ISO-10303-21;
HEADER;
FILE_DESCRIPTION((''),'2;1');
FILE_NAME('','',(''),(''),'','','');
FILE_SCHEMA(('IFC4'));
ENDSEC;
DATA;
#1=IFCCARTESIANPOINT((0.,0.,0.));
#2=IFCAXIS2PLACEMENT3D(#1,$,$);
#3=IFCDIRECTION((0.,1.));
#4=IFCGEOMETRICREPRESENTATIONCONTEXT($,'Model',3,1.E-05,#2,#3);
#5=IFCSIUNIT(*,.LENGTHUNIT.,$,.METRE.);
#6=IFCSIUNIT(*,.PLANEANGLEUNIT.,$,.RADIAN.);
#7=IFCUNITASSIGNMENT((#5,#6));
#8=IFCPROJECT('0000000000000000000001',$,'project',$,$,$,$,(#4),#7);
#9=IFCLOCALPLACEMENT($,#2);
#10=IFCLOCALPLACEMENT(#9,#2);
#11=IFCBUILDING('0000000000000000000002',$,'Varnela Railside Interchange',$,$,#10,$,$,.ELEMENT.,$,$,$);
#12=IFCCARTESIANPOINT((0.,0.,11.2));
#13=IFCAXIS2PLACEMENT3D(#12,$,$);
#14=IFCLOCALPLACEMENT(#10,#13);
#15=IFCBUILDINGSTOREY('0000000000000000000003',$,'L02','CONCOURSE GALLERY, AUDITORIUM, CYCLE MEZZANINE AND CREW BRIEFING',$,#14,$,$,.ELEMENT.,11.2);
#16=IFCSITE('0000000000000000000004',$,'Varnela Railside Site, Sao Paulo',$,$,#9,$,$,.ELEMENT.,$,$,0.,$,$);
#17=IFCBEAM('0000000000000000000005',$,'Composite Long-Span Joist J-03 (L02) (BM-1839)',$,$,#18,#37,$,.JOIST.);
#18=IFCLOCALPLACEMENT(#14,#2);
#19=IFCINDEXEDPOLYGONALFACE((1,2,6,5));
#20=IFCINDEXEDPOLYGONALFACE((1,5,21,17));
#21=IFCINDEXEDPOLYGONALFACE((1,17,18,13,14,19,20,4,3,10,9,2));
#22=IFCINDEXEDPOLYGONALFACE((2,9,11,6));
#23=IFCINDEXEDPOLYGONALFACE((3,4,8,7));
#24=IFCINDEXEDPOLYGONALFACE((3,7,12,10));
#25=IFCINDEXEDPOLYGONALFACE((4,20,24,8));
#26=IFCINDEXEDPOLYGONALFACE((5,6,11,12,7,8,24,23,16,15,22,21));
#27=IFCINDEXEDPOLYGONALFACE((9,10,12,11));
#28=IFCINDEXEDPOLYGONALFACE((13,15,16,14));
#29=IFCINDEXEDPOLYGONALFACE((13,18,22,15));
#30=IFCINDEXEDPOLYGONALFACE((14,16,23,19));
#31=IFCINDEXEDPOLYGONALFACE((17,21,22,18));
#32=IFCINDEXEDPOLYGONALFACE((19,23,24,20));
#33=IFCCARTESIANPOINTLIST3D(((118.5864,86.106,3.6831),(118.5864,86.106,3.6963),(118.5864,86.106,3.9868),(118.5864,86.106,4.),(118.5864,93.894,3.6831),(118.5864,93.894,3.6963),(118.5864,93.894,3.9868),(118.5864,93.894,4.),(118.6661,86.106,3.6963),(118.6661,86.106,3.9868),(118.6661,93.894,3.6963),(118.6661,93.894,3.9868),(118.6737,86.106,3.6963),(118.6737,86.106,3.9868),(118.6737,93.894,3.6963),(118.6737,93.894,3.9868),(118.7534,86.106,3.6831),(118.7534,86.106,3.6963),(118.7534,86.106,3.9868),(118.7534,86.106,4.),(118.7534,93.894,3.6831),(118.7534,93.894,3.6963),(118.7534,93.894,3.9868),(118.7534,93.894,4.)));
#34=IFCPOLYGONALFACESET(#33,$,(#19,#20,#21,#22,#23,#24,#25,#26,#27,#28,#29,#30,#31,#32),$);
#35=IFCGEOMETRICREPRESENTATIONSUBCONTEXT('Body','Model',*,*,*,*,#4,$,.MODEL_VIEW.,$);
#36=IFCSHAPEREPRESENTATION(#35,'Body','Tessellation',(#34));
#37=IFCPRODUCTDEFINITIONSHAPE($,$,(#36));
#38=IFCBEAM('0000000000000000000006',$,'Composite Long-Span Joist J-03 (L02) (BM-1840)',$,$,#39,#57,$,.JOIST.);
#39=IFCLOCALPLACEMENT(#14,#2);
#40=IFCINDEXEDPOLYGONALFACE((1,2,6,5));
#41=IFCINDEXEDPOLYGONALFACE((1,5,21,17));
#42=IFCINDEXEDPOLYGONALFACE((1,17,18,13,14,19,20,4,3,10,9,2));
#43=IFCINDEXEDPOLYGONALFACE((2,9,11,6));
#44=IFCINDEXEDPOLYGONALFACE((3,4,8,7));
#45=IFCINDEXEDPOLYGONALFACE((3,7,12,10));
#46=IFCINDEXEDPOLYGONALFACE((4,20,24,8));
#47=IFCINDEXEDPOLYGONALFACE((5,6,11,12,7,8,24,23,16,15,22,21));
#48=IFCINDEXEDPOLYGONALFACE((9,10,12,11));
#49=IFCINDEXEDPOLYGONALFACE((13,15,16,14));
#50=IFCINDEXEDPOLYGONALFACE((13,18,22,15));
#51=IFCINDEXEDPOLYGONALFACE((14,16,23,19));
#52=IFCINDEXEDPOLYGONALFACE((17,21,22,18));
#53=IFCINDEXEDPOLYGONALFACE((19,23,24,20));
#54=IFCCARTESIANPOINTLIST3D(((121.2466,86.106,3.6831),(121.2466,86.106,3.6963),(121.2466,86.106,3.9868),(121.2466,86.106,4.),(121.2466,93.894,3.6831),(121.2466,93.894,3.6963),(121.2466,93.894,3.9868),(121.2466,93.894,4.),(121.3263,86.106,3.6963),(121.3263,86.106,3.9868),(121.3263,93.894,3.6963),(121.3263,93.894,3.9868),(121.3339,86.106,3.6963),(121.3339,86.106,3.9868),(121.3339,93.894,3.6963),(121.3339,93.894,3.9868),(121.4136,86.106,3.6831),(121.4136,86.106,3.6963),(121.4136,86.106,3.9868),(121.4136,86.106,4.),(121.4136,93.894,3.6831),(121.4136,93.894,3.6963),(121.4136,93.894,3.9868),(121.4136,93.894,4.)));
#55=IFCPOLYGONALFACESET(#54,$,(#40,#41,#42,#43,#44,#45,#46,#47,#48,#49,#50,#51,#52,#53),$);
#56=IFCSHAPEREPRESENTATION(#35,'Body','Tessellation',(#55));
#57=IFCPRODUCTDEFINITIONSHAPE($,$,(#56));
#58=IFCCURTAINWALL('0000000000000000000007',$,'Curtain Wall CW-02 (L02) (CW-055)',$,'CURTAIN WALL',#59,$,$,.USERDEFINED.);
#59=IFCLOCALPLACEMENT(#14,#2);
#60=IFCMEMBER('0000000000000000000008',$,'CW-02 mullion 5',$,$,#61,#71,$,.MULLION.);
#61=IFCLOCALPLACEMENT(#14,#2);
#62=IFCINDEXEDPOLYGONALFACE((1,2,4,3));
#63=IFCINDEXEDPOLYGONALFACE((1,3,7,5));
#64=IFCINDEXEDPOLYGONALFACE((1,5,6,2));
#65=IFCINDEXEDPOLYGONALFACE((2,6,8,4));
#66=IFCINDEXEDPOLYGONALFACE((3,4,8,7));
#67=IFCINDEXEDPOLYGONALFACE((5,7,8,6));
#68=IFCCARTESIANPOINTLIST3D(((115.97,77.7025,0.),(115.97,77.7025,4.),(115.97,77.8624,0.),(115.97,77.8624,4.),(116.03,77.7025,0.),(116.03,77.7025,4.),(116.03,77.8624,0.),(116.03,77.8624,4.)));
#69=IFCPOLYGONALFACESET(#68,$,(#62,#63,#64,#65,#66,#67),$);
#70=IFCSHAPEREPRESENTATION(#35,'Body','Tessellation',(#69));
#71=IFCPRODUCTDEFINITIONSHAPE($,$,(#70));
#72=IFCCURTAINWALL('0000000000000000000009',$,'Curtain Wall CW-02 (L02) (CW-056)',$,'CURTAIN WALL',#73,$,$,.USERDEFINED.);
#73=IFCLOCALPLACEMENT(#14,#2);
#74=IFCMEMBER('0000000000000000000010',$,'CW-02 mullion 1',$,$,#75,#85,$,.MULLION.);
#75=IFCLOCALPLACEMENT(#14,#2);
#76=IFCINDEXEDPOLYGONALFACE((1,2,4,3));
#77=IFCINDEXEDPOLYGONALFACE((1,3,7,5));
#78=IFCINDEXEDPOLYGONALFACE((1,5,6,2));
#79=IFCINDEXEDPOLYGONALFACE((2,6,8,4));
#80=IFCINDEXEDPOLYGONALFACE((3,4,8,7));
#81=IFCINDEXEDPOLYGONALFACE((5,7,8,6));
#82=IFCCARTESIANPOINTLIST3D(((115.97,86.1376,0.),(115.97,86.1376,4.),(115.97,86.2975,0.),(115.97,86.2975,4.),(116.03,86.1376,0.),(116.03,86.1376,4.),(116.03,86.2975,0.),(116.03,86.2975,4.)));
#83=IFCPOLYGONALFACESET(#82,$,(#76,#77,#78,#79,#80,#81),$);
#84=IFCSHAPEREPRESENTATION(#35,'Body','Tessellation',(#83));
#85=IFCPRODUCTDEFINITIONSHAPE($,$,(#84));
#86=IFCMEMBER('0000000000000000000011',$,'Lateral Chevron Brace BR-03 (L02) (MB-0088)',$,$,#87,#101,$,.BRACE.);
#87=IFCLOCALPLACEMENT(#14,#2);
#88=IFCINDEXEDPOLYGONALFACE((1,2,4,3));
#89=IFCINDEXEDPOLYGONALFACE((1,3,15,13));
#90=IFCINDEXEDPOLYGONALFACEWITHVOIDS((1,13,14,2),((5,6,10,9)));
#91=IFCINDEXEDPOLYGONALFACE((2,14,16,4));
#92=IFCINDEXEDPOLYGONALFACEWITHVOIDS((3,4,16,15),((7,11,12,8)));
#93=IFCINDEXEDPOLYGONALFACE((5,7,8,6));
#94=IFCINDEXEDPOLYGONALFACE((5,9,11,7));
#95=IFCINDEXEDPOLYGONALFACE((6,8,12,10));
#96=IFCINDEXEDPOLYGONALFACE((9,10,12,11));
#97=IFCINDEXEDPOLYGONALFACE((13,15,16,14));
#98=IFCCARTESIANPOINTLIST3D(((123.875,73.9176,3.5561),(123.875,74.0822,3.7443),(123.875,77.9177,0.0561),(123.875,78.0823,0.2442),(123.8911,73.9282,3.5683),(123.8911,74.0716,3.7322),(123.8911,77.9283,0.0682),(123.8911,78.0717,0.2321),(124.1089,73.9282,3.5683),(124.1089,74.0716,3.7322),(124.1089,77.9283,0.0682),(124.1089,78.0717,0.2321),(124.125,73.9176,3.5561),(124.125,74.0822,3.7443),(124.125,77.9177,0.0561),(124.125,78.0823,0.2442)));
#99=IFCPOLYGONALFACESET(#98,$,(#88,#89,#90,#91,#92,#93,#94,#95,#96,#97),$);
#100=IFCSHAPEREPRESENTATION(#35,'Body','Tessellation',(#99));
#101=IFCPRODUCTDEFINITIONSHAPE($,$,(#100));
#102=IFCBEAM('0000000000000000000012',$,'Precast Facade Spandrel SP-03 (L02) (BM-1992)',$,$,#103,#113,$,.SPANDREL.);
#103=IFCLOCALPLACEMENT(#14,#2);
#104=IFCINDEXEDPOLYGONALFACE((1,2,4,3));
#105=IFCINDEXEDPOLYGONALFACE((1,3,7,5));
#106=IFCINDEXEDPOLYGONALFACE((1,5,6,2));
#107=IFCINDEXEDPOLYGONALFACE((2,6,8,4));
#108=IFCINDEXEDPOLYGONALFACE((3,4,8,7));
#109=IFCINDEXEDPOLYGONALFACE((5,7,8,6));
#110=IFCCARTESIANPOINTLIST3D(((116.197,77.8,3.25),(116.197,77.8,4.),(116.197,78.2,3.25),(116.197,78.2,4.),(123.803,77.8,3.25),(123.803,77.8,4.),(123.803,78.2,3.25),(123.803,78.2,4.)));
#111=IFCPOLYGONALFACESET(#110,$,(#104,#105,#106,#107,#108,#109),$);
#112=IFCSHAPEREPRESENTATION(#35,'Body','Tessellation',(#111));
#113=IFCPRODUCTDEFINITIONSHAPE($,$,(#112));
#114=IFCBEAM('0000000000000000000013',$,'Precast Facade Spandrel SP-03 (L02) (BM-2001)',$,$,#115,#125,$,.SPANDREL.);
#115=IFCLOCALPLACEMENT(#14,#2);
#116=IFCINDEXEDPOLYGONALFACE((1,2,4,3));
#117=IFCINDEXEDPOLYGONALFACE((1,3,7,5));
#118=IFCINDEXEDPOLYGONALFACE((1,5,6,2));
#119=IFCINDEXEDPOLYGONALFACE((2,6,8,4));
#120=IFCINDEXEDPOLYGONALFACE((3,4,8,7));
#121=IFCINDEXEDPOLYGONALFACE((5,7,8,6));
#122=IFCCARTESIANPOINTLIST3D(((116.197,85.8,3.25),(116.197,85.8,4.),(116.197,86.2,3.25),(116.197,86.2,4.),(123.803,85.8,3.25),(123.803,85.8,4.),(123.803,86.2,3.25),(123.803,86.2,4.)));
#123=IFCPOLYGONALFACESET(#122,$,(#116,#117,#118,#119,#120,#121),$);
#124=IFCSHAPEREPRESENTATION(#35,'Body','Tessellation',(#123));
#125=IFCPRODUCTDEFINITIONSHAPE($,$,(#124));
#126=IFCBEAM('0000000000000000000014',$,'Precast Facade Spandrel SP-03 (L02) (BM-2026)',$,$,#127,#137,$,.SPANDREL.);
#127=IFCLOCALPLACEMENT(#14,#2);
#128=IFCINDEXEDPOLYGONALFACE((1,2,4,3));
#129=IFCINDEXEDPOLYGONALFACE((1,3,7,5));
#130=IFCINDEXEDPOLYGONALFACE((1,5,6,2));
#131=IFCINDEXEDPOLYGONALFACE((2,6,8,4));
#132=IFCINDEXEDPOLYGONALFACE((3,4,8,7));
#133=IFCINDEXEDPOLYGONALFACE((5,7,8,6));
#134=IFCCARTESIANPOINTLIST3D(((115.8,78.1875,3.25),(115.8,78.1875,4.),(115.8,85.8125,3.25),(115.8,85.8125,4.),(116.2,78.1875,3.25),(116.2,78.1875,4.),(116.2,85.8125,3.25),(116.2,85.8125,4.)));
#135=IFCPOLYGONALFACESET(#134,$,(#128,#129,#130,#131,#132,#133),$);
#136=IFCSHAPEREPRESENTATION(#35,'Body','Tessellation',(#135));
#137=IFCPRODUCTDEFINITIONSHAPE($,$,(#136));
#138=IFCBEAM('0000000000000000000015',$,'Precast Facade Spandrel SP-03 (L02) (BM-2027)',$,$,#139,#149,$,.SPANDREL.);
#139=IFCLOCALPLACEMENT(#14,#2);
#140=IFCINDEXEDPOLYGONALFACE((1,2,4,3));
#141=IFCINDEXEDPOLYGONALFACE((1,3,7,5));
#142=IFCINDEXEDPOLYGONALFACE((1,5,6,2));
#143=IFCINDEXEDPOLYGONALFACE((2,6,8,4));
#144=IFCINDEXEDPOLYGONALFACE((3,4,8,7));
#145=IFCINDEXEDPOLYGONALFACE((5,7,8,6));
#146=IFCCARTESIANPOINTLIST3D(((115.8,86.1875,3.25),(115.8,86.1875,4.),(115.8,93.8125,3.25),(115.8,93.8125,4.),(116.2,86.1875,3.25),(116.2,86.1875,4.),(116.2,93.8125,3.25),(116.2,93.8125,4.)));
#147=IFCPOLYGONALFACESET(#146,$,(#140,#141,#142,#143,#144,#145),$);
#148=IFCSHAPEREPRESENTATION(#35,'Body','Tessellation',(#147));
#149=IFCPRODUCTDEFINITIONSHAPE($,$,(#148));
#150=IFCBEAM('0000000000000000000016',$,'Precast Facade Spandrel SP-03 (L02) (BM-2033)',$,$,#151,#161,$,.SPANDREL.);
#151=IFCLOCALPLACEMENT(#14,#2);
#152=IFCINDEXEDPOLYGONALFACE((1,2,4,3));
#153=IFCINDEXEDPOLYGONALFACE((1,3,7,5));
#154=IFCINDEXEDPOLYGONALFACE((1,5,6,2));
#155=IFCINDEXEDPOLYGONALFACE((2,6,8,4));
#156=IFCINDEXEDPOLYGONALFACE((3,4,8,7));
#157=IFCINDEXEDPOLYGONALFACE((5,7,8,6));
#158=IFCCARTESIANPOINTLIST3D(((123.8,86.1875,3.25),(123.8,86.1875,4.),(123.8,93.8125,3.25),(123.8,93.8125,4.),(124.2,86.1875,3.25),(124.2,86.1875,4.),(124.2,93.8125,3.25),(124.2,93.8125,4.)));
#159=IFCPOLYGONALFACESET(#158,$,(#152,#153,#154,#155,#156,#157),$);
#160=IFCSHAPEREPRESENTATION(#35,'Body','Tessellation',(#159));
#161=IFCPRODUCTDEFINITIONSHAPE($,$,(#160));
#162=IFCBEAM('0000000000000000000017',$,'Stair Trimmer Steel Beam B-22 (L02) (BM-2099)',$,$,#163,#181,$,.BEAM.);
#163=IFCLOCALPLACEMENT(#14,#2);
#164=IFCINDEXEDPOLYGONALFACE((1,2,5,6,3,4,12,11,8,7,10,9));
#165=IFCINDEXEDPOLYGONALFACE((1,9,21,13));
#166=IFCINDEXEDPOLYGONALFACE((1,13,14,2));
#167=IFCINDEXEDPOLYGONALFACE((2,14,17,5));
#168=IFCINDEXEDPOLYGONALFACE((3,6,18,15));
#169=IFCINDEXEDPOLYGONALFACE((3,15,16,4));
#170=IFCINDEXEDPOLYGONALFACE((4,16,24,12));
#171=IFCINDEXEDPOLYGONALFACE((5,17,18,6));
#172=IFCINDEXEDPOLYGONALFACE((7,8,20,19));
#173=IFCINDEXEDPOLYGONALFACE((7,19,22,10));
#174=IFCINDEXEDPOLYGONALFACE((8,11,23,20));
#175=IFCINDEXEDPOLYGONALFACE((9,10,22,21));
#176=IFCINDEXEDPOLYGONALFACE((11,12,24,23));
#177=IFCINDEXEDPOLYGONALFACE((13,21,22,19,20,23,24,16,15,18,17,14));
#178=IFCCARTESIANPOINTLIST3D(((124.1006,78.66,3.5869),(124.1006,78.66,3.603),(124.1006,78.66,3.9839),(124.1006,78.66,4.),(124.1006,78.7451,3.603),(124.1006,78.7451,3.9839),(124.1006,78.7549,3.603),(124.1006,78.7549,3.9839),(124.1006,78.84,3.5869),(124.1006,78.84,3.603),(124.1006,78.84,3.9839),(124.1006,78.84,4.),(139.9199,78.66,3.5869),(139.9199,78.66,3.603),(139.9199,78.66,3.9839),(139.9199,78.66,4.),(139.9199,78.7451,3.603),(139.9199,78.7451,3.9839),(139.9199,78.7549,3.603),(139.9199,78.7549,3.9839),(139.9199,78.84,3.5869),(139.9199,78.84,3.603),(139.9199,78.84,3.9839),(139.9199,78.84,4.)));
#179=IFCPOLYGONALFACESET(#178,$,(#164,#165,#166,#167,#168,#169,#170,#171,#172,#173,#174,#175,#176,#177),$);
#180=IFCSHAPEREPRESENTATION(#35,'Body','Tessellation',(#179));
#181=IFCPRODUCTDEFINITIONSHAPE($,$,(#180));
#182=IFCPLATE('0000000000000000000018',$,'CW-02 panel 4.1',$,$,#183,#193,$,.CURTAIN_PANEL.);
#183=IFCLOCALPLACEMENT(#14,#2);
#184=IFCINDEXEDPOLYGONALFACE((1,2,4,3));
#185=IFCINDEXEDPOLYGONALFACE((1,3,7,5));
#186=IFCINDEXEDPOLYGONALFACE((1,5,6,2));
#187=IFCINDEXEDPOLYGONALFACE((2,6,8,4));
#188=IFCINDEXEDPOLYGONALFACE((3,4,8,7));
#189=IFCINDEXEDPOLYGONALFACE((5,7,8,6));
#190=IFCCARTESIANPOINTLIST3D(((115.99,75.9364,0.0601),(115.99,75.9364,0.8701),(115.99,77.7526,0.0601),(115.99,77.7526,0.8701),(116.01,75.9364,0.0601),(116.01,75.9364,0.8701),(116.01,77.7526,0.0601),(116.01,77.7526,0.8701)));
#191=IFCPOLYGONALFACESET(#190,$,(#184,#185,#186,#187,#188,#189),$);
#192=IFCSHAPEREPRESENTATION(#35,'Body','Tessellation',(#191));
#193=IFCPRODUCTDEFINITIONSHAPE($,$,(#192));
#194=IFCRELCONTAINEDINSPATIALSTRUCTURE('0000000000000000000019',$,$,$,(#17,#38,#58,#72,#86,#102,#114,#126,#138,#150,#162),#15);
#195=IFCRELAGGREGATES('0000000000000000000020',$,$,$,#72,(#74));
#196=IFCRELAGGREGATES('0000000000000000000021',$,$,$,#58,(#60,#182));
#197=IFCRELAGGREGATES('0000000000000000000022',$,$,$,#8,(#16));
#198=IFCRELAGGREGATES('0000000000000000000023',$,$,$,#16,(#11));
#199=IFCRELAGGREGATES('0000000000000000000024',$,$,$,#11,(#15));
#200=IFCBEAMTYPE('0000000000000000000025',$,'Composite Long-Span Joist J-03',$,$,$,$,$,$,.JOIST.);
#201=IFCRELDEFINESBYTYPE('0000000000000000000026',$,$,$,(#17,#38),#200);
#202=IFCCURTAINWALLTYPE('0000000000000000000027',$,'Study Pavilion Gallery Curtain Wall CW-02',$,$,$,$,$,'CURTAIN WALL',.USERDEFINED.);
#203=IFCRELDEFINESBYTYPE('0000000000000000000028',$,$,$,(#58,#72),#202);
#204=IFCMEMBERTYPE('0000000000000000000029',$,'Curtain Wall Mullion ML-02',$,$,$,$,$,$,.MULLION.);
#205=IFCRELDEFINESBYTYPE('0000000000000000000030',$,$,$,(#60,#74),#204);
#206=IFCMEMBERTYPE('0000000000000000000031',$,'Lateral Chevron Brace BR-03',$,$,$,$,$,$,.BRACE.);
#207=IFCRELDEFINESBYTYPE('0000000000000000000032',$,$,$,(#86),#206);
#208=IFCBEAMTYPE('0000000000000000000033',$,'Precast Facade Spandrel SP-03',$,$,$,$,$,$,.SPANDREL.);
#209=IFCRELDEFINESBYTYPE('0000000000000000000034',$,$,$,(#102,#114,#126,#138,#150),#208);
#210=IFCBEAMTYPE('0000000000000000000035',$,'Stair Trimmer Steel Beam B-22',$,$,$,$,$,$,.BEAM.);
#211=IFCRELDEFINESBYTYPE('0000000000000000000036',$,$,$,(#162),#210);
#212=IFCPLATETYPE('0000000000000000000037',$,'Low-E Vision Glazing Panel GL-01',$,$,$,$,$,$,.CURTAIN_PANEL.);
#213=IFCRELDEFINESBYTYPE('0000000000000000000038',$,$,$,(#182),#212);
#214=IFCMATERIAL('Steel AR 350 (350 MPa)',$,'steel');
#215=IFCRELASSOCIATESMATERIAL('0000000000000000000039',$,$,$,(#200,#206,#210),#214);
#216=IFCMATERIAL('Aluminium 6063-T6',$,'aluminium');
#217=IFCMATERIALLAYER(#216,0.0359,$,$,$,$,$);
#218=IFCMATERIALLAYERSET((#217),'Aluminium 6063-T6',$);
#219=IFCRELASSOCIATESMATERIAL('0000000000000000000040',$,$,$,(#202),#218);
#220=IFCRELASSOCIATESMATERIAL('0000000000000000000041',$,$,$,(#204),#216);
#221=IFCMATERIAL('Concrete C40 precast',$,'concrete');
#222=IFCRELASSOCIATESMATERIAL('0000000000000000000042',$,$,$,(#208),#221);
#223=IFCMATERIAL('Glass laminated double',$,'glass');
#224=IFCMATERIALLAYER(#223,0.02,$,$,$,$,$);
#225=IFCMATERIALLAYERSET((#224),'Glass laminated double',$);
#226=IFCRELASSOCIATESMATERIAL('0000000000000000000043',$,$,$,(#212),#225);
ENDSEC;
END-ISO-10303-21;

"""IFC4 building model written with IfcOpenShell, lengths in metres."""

from ifc_helpers import new_model, si_unit, direction, frame, origin, origin_2d, place, context, subcontext, project, spatial, rectangle, hollow_rectangle, i_section, extrude, material, layer, layer_set, material_profile, profile_set, type_object, element, aggregate, save


model = new_model("IFC4")

# Units and contexts
model_context = context("Model", 3, precision=1e-05, world=origin(), true_north=direction((0.0, 1.0)))
body_context = subcontext(model_context, "Body", "Model", "MODEL_VIEW")
ifc_project = project(units=[si_unit("LENGTHUNIT", "METRE"), si_unit("PLANEANGLEUNIT", "RADIAN")], contexts=[model_context])

# Site, building, storey
site_placement = place(None, origin())
site = spatial("IfcSite", under=ifc_project, at=site_placement, Name="Varnela Railside Site, Sao Paulo", CompositionType="ELEMENT", RefElevation=0.0)
building_placement = place(site_placement, origin())
building = spatial("IfcBuilding", under=site, at=building_placement, Name="Varnela Railside Interchange", CompositionType="ELEMENT")
storey_placement = place(building_placement, frame((0.0, 0.0, 11.2)))
storey = spatial("IfcBuildingStorey", under=building, at=storey_placement, Name="L02", Description="CONCOURSE GALLERY, AUDITORIUM, CYCLE MEZZANINE AND CREW BRIEFING", CompositionType="ELEMENT", Elevation=11.2)

# Shared definitions
ifc_material_1 = material(Name="Steel AR 350 (350 MPa)", Category="steel")

# Beams
ifc_material_profile_1 = material_profile(ifc_material_1, i_section(OverallWidth=0.167, OverallDepth=0.3169, WebThickness=0.0076, FlangeThickness=0.0132, at=origin_2d()), Name="W310x52")
ifc_profile_set_1 = profile_set([ifc_material_profile_1], Name="Steel AR 350 (350 MPa)")
beam_type_1 = type_object("IfcBeamType", Name="Composite Long-Span Joist J-03", PredefinedType="JOIST", material=ifc_profile_set_1)
for number, where, z_axis, x_axis, name in (
    (1, (118.6699, 86.106, 3.8416), (0.0, 1.0, 0.0), (-1.0, 0.0, 0.0), "Composite Long-Span Joist J-03 (L02) (BM-1839)"),
    (2, (121.3301, 86.106, 3.8416), (0.0, 1.0, 0.0), (-1.0, 0.0, 0.0), "Composite Long-Span Joist J-03 (L02) (BM-1840)"),
):
    element("IfcBeam", number, at=place(storey_placement, frame(where, z_axis=z_axis, x_axis=x_axis)), inside=storey, type_object=beam_type_1, Name=name, PredefinedType="JOIST", context=body_context, shape_type="SweptSolid", body=[
        extrude(i_section(OverallWidth=0.167, OverallDepth=0.3169, WebThickness=0.0076, FlangeThickness=0.0132, at=origin_2d()), origin(), (0.0, 0.0, 1.0), 7.7881),
    ])

# Curtain walls, members
ifc_material_2 = material(Name="Aluminium 6063-T6", Category="aluminium")
ifc_layer_1 = layer(ifc_material_2, 0.0359)
ifc_layer_set_1 = layer_set([ifc_layer_1], Name="Aluminium 6063-T6")
curtain_wall_type = type_object("IfcCurtainWallType", Name="Study Pavilion Gallery Curtain Wall CW-02", ElementType="CURTAIN WALL", PredefinedType="USERDEFINED", material=ifc_layer_set_1)
curtain_wall_1_placement = place(storey_placement, origin())
curtain_wall_1 = element("IfcCurtainWall", 3, at=curtain_wall_1_placement, inside=storey, type_object=curtain_wall_type, Name="Curtain Wall CW-02 (L02) (CW-055)", ObjectType="CURTAIN WALL", PredefinedType="USERDEFINED")
ifc_material_profile_2 = material_profile(ifc_material_2, rectangle(XDim=0.0601, YDim=0.1599, at=origin_2d()), Name="ALU 60x160")
ifc_profile_set_2 = profile_set([ifc_material_profile_2], Name="Aluminium 6063-T6")
member_type_1 = type_object("IfcMemberType", Name="Curtain Wall Mullion ML-02", PredefinedType="MULLION", material=ifc_profile_set_2)
member_1_placement = place(storey_placement, frame((116.0, 77.7825, 0.0), z_axis=(0.0, 0.0, 1.0), x_axis=(-1.0, 0.0, 0.0)))
member_1 = element("IfcMember", 4, at=member_1_placement, type_object=member_type_1, Name="CW-02 mullion 5", PredefinedType="MULLION", context=body_context, shape_type="SweptSolid", body=[
    extrude(rectangle(XDim=0.0601, YDim=0.1599, at=origin_2d()), origin(), (0.0, 0.0, 1.0), 4.0),
])
curtain_wall_2_placement = place(storey_placement, origin())
curtain_wall_2 = element("IfcCurtainWall", 5, at=curtain_wall_2_placement, inside=storey, type_object=curtain_wall_type, Name="Curtain Wall CW-02 (L02) (CW-056)", ObjectType="CURTAIN WALL", PredefinedType="USERDEFINED")
member_2_placement = place(storey_placement, frame((116.0, 86.2175, 0.0), z_axis=(0.0, 0.0, 1.0), x_axis=(-1.0, 0.0, 0.0)))
member_2 = element("IfcMember", 6, at=member_2_placement, type_object=member_type_1, Name="CW-02 mullion 1", PredefinedType="MULLION", context=body_context, shape_type="SweptSolid", body=[
    extrude(rectangle(XDim=0.0601, YDim=0.1599, at=origin_2d()), origin(), (0.0, 0.0, 1.0), 4.0),
])
aggregate(curtain_wall_2, [member_2])

# Member
ifc_material_profile_3 = material_profile(ifc_material_1, hollow_rectangle(XDim=0.25, YDim=0.25, WallThickness=0.0161, at=origin_2d()), Name="HSS 250x250x16")
ifc_profile_set_3 = profile_set([ifc_material_profile_3], Name="Steel AR 350 (350 MPa)")
member_type_2 = type_object("IfcMemberType", Name="Lateral Chevron Brace BR-03", PredefinedType="BRACE", material=ifc_profile_set_3)
member_3_placement = place(storey_placement, frame((124.0, 78.0, 0.1501), z_axis=(0.0, -0.752577, 0.658505), x_axis=(1.0, 0.0, 0.0)))
element("IfcMember", 7, at=member_3_placement, inside=storey, type_object=member_type_2, Name="Lateral Chevron Brace BR-03 (L02) (MB-0088)", PredefinedType="BRACE", context=body_context, shape_type="SweptSolid", body=[
    extrude(hollow_rectangle(XDim=0.25, YDim=0.25, WallThickness=0.0161, at=origin_2d()), origin(), (0.0, 0.0, 1.0), 5.3152),
])

# Beams
ifc_material_3 = material(Name="Concrete C40 precast", Category="concrete")
ifc_material_profile_4 = material_profile(ifc_material_3, rectangle(XDim=0.3999, YDim=0.75, at=origin_2d()), Name="PC 400x750")
ifc_profile_set_4 = profile_set([ifc_material_profile_4], Name="Concrete C40 precast")
beam_type_2 = type_object("IfcBeamType", Name="Precast Facade Spandrel SP-03", PredefinedType="SPANDREL", material=ifc_profile_set_4)
for number, where, z_axis, x_axis, name in (
    (8, (116.197, 78.0, 3.625), (1.0, 0.0, 0.0), (0.0, 1.0, 0.0), "Precast Facade Spandrel SP-03 (L02) (BM-1992)"),
    (9, (116.197, 86.0, 3.625), (1.0, 0.0, 0.0), (0.0, 1.0, 0.0), "Precast Facade Spandrel SP-03 (L02) (BM-2001)"),
):
    element("IfcBeam", number, at=place(storey_placement, frame(where, z_axis=z_axis, x_axis=x_axis)), inside=storey, type_object=beam_type_2, Name=name, PredefinedType="SPANDREL", context=body_context, shape_type="SweptSolid", body=[
        extrude(rectangle(XDim=0.3999, YDim=0.75, at=origin_2d()), origin(), (0.0, 0.0, 1.0), 7.606),
    ])
for number, where, z_axis, x_axis, name in (
    (10, (116.0, 78.1875, 3.625), (0.0, 1.0, 0.0), (-1.0, 0.0, 0.0), "Precast Facade Spandrel SP-03 (L02) (BM-2026)"),
    (11, (116.0, 86.1875, 3.625), (0.0, 1.0, 0.0), (-1.0, 0.0, 0.0), "Precast Facade Spandrel SP-03 (L02) (BM-2027)"),
    (12, (124.0, 86.1875, 3.625), (0.0, 1.0, 0.0), (-1.0, 0.0, 0.0), "Precast Facade Spandrel SP-03 (L02) (BM-2033)"),
):
    element("IfcBeam", number, at=place(storey_placement, frame(where, z_axis=z_axis, x_axis=x_axis)), inside=storey, type_object=beam_type_2, Name=name, PredefinedType="SPANDREL", context=body_context, shape_type="SweptSolid", body=[
        extrude(rectangle(XDim=0.3999, YDim=0.75, at=origin_2d()), origin(), (0.0, 0.0, 1.0), 7.625),
    ])
ifc_material_profile_5 = material_profile(ifc_material_1, i_section(OverallWidth=0.1799, OverallDepth=0.4131, WebThickness=0.0098, FlangeThickness=0.0161, at=origin_2d()), Name="W410x75")
ifc_profile_set_5 = profile_set([ifc_material_profile_5], Name="Steel AR 350 (350 MPa)")
beam_type_3 = type_object("IfcBeamType", Name="Stair Trimmer Steel Beam B-22", PredefinedType="BEAM", material=ifc_profile_set_5)
beam_1_placement = place(storey_placement, frame((124.1006, 78.75, 3.7935), z_axis=(1.0, 0.0, 0.0), x_axis=(0.0, 1.0, 0.0)))
element("IfcBeam", 13, at=beam_1_placement, inside=storey, type_object=beam_type_3, Name="Stair Trimmer Steel Beam B-22 (L02) (BM-2099)", PredefinedType="BEAM", context=body_context, shape_type="SweptSolid", body=[
    extrude(i_section(OverallWidth=0.1799, OverallDepth=0.4131, WebThickness=0.0098, FlangeThickness=0.0161, at=origin_2d()), origin(), (0.0, 0.0, 1.0), 15.8193),
])

# Plate
ifc_material_4 = material(Name="Glass laminated double", Category="glass")
ifc_layer_2 = layer(ifc_material_4, 0.02)
ifc_layer_set_2 = layer_set([ifc_layer_2], Name="Glass laminated double")
plate_type = type_object("IfcPlateType", Name="Low-E Vision Glazing Panel GL-01", PredefinedType="CURTAIN_PANEL", material=ifc_layer_set_2)
plate_1_placement = place(storey_placement, frame((116.0, 76.8445, 0.0601), z_axis=(0.0, 0.0, 1.0), x_axis=(0.0, 1.0, 0.0)))
plate_1 = element("IfcPlate", 14, at=plate_1_placement, type_object=plate_type, Name="CW-02 panel 4.1", PredefinedType="CURTAIN_PANEL", context=body_context, shape_type="SweptSolid", body=[
    extrude(rectangle(XDim=1.8162, YDim=0.02, at=origin_2d()), origin(), (0.0, 0.0, 1.0), 0.8101),
])
aggregate(curtain_wall_1, [member_1, plate_1])

save(model, "model.ifc")
